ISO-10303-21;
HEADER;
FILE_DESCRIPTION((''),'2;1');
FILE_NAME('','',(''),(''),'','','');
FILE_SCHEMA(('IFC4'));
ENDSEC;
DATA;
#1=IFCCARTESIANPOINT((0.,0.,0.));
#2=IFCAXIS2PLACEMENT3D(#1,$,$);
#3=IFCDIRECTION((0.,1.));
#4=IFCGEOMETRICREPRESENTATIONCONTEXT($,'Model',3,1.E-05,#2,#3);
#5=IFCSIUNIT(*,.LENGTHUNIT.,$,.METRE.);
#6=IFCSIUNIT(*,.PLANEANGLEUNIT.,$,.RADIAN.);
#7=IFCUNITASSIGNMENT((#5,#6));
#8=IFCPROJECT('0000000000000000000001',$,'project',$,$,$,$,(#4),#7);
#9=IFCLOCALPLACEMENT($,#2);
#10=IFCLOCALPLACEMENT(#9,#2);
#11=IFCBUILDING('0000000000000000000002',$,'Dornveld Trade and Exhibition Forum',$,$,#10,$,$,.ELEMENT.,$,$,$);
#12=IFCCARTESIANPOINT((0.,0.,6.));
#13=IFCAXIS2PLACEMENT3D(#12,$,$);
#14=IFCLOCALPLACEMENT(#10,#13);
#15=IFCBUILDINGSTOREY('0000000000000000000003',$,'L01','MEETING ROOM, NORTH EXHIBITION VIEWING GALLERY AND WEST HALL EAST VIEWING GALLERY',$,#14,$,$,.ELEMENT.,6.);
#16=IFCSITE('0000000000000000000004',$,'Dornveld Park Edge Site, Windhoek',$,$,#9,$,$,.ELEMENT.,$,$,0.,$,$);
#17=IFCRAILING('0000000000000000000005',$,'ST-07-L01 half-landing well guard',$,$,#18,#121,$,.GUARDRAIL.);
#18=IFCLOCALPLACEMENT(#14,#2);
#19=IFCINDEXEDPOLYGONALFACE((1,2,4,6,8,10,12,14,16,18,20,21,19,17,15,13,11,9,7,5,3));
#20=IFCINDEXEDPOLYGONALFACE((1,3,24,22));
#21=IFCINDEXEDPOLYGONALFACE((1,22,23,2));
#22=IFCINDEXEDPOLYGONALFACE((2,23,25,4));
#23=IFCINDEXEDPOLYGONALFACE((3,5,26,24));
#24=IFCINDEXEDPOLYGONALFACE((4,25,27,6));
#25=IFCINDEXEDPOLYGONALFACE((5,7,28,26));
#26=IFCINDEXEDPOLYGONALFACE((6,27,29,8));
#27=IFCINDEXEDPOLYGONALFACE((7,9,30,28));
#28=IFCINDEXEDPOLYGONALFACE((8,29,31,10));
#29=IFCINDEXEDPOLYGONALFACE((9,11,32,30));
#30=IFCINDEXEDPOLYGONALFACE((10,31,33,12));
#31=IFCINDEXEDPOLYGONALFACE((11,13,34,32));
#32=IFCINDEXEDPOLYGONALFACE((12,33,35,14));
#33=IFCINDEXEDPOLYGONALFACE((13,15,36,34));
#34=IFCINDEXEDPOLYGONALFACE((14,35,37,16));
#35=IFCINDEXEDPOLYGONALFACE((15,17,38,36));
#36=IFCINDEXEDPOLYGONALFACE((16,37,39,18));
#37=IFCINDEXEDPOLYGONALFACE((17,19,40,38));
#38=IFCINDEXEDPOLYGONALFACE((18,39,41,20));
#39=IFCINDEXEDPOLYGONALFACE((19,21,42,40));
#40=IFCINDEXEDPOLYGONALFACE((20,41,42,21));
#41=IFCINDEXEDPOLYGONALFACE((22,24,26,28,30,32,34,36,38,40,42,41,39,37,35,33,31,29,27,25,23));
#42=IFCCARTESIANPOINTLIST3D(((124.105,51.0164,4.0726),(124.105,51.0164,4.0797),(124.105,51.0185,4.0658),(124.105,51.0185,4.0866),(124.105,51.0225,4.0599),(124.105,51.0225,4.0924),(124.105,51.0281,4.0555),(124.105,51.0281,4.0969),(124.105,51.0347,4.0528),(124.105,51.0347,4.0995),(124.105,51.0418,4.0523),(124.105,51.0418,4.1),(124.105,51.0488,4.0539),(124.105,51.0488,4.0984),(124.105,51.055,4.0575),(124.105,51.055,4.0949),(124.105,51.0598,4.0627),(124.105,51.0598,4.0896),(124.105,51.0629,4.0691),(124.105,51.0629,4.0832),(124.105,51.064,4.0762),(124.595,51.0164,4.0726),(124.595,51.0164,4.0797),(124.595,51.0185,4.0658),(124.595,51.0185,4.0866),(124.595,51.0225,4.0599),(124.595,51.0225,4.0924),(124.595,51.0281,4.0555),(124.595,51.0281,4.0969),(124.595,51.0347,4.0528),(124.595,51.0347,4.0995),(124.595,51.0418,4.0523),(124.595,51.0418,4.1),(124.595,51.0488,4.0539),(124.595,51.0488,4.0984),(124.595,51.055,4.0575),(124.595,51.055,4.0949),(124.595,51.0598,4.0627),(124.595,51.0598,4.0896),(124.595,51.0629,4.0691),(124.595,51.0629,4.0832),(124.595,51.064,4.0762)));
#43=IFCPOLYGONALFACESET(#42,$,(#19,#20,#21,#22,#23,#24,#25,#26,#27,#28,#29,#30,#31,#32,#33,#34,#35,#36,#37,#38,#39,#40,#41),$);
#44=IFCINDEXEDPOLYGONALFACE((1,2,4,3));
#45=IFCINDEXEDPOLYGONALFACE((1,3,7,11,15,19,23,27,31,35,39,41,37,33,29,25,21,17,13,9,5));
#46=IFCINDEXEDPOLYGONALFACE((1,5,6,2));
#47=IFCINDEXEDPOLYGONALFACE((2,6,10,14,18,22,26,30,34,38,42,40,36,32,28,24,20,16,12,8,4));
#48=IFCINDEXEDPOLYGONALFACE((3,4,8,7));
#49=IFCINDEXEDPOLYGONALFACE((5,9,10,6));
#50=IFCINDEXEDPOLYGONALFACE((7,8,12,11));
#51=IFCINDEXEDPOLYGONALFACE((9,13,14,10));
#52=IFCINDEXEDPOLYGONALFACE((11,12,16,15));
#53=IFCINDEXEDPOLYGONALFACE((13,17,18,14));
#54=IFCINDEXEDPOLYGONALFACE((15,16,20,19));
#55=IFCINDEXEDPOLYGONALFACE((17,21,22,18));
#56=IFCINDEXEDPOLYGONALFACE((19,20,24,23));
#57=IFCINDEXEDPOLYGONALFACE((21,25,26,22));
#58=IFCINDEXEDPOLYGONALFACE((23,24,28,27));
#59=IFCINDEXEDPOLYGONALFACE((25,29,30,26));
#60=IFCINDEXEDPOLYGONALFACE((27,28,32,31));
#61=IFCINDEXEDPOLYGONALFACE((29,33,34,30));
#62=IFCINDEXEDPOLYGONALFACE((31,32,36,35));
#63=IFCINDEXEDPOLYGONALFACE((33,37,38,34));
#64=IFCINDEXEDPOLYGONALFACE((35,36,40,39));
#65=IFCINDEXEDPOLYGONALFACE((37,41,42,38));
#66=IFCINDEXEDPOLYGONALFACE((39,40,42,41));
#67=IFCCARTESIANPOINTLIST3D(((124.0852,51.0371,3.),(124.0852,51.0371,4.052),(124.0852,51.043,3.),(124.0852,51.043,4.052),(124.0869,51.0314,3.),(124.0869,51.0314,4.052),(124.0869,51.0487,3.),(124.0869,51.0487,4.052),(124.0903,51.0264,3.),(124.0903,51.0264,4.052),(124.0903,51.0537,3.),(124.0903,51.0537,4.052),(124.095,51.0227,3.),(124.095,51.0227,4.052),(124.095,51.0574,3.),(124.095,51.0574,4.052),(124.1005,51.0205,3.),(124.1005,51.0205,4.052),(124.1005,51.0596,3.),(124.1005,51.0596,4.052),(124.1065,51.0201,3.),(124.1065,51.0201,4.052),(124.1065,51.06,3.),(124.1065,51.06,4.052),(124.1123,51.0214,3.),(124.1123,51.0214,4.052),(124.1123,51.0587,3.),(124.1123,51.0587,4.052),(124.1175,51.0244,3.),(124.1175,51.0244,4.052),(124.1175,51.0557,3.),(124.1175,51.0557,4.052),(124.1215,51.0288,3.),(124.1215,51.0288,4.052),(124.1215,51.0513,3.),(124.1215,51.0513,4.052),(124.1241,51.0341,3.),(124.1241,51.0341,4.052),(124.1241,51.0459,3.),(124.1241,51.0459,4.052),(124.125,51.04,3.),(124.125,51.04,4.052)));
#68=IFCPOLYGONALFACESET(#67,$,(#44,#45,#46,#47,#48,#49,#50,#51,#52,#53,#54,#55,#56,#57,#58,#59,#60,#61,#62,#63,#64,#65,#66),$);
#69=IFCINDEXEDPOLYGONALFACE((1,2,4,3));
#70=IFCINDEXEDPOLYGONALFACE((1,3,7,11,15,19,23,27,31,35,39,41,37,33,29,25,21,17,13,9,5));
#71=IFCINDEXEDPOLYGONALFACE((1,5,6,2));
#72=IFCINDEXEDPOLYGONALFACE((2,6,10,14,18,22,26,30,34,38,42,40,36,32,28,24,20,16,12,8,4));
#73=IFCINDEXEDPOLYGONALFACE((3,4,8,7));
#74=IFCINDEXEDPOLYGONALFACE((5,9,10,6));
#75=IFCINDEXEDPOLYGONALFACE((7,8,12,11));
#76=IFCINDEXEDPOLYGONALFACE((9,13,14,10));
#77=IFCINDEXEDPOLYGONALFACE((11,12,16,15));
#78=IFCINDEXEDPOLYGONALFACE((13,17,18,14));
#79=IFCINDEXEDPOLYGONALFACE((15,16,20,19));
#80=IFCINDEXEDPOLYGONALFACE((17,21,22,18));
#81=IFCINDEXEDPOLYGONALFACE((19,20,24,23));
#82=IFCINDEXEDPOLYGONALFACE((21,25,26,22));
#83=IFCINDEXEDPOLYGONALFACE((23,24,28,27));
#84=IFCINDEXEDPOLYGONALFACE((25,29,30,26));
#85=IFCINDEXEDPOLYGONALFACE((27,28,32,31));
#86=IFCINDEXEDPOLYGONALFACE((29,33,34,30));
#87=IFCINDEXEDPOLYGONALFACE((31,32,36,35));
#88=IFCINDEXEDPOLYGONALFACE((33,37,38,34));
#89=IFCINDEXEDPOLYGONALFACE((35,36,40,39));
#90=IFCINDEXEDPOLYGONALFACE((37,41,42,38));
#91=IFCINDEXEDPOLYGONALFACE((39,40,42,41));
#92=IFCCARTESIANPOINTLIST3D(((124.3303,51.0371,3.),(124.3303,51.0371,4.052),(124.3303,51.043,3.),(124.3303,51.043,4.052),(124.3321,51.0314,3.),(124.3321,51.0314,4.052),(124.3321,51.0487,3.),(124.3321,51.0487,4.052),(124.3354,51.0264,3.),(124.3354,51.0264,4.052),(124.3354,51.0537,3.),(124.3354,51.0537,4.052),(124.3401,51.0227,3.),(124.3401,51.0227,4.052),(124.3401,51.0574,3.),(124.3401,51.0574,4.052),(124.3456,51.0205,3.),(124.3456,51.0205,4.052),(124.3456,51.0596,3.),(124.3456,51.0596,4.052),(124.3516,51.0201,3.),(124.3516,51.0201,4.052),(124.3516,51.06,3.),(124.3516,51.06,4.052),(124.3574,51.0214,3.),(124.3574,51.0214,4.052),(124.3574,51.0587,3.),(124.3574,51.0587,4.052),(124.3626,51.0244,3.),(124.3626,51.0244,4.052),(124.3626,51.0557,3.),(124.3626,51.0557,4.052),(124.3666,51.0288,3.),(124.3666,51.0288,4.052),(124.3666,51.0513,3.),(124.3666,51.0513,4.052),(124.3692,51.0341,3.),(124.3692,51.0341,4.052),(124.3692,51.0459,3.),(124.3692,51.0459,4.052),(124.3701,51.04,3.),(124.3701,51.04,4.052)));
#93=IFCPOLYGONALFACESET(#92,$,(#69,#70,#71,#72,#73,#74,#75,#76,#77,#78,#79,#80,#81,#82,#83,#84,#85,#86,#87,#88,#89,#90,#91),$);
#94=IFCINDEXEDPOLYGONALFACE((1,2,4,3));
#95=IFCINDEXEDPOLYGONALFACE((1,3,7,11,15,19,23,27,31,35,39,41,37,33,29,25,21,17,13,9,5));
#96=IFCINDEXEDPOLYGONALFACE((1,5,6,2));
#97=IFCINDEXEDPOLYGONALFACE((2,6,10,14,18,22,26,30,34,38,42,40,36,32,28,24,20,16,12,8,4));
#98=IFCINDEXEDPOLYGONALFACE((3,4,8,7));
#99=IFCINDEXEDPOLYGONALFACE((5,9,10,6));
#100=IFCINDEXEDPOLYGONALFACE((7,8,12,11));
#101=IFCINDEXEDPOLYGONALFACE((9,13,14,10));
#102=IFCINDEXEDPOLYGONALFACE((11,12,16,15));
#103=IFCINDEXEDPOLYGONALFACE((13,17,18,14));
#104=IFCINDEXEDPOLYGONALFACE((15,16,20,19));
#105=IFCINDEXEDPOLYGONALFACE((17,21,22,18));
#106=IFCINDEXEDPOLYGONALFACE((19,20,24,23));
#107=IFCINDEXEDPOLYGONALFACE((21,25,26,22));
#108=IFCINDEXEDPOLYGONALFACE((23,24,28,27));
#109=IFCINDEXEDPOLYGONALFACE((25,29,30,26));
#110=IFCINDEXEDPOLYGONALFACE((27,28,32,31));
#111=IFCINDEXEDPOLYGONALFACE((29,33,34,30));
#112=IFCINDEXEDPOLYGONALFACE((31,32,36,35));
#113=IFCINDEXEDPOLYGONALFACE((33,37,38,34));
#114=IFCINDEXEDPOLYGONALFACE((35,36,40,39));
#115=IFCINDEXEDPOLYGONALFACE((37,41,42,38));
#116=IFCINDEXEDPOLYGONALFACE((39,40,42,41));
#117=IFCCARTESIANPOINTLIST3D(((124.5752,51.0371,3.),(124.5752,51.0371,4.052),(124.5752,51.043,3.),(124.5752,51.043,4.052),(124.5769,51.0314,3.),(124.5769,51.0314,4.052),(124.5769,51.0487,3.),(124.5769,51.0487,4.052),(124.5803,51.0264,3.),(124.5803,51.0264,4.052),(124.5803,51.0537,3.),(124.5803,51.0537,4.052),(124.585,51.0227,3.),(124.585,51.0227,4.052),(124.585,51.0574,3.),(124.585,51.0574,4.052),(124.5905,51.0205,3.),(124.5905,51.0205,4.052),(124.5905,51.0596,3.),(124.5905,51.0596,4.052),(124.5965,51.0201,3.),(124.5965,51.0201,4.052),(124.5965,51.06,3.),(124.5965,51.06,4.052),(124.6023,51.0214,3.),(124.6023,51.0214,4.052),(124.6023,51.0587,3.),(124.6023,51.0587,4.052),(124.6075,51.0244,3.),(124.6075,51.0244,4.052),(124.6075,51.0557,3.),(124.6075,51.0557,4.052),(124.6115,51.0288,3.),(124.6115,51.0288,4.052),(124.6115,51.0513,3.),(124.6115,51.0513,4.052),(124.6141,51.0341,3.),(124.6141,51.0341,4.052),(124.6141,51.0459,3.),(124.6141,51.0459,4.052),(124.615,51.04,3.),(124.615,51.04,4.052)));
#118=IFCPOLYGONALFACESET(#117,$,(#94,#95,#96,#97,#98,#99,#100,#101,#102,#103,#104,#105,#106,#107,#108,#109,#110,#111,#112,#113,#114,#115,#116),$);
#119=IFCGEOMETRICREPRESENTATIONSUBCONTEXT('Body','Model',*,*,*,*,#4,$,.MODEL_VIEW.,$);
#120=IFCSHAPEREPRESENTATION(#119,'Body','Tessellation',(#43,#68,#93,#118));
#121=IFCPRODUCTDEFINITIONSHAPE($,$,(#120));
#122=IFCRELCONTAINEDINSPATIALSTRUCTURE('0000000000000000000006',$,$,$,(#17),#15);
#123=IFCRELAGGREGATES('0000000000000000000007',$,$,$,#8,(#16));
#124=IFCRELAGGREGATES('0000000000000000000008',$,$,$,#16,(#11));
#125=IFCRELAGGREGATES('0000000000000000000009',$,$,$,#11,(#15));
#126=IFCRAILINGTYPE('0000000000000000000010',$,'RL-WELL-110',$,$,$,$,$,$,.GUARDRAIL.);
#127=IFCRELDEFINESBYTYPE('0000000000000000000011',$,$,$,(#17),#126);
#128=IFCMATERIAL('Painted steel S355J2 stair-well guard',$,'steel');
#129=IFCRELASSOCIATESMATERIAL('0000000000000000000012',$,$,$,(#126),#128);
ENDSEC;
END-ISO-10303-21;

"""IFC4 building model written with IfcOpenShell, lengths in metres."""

from ifc_helpers import new_model, si_unit, direction, frame, origin, origin_2d, place, context, subcontext, project, spatial, circle, extrude, material, type_object, element, save


model = new_model("IFC4")

# Units and contexts
model_context = context("Model", 3, precision=1e-05, world=origin(), true_north=direction((0.0, 1.0)))
body_context = subcontext(model_context, "Body", "Model", "MODEL_VIEW")
ifc_project = project(units=[si_unit("LENGTHUNIT", "METRE"), si_unit("PLANEANGLEUNIT", "RADIAN")], contexts=[model_context])

# Site, building, storey
site_placement = place(None, origin())
site = spatial("IfcSite", under=ifc_project, at=site_placement, Name="Dornveld Park Edge Site, Windhoek", CompositionType="ELEMENT", RefElevation=0.0)
building_placement = place(site_placement, origin())
building = spatial("IfcBuilding", under=site, at=building_placement, Name="Dornveld Trade and Exhibition Forum", CompositionType="ELEMENT")
storey_placement = place(building_placement, frame((0.0, 0.0, 6.0)))
storey = spatial("IfcBuildingStorey", under=building, at=storey_placement, Name="L01", Description="MEETING ROOM, NORTH EXHIBITION VIEWING GALLERY AND WEST HALL EAST VIEWING GALLERY", CompositionType="ELEMENT", Elevation=6.0)

# Railing
ifc_material_1 = material(Name="Painted steel S355J2 stair-well guard", Category="steel")
railing_type_1 = type_object("IfcRailingType", Name="RL-WELL-110", PredefinedType="GUARDRAIL", material=ifc_material_1)
railing_1_placement = place(storey_placement, frame((124.105, 51.04, 3.0)))
element("IfcRailing", 1, at=railing_1_placement, inside=storey, type_object=railing_type_1, Name="ST-07-L01 half-landing well guard", PredefinedType="GUARDRAIL", context=body_context, shape_type="SweptSolid", body=[
    extrude(circle(Radius=0.0239, at=origin_2d()), frame((0.0, 0.0, 1.0762), z_axis=(1.0, 0.0, 0.0), x_axis=(0.0, 1.0, 0.0)), (0.0, 0.0, 1.0), 0.49),
    extrude(circle(Radius=0.02, at=origin_2d()), origin(), (0.0, 0.0, 1.0), 1.052),
    extrude(circle(Radius=0.02, at=origin_2d()), frame((0.2451, 0.0, 0.0)), (0.0, 0.0, 1.0), 1.052),
    extrude(circle(Radius=0.02, at=origin_2d()), frame((0.49, 0.0, 0.0)), (0.0, 0.0, 1.0), 1.052),
])

save(model, "model.ifc")
